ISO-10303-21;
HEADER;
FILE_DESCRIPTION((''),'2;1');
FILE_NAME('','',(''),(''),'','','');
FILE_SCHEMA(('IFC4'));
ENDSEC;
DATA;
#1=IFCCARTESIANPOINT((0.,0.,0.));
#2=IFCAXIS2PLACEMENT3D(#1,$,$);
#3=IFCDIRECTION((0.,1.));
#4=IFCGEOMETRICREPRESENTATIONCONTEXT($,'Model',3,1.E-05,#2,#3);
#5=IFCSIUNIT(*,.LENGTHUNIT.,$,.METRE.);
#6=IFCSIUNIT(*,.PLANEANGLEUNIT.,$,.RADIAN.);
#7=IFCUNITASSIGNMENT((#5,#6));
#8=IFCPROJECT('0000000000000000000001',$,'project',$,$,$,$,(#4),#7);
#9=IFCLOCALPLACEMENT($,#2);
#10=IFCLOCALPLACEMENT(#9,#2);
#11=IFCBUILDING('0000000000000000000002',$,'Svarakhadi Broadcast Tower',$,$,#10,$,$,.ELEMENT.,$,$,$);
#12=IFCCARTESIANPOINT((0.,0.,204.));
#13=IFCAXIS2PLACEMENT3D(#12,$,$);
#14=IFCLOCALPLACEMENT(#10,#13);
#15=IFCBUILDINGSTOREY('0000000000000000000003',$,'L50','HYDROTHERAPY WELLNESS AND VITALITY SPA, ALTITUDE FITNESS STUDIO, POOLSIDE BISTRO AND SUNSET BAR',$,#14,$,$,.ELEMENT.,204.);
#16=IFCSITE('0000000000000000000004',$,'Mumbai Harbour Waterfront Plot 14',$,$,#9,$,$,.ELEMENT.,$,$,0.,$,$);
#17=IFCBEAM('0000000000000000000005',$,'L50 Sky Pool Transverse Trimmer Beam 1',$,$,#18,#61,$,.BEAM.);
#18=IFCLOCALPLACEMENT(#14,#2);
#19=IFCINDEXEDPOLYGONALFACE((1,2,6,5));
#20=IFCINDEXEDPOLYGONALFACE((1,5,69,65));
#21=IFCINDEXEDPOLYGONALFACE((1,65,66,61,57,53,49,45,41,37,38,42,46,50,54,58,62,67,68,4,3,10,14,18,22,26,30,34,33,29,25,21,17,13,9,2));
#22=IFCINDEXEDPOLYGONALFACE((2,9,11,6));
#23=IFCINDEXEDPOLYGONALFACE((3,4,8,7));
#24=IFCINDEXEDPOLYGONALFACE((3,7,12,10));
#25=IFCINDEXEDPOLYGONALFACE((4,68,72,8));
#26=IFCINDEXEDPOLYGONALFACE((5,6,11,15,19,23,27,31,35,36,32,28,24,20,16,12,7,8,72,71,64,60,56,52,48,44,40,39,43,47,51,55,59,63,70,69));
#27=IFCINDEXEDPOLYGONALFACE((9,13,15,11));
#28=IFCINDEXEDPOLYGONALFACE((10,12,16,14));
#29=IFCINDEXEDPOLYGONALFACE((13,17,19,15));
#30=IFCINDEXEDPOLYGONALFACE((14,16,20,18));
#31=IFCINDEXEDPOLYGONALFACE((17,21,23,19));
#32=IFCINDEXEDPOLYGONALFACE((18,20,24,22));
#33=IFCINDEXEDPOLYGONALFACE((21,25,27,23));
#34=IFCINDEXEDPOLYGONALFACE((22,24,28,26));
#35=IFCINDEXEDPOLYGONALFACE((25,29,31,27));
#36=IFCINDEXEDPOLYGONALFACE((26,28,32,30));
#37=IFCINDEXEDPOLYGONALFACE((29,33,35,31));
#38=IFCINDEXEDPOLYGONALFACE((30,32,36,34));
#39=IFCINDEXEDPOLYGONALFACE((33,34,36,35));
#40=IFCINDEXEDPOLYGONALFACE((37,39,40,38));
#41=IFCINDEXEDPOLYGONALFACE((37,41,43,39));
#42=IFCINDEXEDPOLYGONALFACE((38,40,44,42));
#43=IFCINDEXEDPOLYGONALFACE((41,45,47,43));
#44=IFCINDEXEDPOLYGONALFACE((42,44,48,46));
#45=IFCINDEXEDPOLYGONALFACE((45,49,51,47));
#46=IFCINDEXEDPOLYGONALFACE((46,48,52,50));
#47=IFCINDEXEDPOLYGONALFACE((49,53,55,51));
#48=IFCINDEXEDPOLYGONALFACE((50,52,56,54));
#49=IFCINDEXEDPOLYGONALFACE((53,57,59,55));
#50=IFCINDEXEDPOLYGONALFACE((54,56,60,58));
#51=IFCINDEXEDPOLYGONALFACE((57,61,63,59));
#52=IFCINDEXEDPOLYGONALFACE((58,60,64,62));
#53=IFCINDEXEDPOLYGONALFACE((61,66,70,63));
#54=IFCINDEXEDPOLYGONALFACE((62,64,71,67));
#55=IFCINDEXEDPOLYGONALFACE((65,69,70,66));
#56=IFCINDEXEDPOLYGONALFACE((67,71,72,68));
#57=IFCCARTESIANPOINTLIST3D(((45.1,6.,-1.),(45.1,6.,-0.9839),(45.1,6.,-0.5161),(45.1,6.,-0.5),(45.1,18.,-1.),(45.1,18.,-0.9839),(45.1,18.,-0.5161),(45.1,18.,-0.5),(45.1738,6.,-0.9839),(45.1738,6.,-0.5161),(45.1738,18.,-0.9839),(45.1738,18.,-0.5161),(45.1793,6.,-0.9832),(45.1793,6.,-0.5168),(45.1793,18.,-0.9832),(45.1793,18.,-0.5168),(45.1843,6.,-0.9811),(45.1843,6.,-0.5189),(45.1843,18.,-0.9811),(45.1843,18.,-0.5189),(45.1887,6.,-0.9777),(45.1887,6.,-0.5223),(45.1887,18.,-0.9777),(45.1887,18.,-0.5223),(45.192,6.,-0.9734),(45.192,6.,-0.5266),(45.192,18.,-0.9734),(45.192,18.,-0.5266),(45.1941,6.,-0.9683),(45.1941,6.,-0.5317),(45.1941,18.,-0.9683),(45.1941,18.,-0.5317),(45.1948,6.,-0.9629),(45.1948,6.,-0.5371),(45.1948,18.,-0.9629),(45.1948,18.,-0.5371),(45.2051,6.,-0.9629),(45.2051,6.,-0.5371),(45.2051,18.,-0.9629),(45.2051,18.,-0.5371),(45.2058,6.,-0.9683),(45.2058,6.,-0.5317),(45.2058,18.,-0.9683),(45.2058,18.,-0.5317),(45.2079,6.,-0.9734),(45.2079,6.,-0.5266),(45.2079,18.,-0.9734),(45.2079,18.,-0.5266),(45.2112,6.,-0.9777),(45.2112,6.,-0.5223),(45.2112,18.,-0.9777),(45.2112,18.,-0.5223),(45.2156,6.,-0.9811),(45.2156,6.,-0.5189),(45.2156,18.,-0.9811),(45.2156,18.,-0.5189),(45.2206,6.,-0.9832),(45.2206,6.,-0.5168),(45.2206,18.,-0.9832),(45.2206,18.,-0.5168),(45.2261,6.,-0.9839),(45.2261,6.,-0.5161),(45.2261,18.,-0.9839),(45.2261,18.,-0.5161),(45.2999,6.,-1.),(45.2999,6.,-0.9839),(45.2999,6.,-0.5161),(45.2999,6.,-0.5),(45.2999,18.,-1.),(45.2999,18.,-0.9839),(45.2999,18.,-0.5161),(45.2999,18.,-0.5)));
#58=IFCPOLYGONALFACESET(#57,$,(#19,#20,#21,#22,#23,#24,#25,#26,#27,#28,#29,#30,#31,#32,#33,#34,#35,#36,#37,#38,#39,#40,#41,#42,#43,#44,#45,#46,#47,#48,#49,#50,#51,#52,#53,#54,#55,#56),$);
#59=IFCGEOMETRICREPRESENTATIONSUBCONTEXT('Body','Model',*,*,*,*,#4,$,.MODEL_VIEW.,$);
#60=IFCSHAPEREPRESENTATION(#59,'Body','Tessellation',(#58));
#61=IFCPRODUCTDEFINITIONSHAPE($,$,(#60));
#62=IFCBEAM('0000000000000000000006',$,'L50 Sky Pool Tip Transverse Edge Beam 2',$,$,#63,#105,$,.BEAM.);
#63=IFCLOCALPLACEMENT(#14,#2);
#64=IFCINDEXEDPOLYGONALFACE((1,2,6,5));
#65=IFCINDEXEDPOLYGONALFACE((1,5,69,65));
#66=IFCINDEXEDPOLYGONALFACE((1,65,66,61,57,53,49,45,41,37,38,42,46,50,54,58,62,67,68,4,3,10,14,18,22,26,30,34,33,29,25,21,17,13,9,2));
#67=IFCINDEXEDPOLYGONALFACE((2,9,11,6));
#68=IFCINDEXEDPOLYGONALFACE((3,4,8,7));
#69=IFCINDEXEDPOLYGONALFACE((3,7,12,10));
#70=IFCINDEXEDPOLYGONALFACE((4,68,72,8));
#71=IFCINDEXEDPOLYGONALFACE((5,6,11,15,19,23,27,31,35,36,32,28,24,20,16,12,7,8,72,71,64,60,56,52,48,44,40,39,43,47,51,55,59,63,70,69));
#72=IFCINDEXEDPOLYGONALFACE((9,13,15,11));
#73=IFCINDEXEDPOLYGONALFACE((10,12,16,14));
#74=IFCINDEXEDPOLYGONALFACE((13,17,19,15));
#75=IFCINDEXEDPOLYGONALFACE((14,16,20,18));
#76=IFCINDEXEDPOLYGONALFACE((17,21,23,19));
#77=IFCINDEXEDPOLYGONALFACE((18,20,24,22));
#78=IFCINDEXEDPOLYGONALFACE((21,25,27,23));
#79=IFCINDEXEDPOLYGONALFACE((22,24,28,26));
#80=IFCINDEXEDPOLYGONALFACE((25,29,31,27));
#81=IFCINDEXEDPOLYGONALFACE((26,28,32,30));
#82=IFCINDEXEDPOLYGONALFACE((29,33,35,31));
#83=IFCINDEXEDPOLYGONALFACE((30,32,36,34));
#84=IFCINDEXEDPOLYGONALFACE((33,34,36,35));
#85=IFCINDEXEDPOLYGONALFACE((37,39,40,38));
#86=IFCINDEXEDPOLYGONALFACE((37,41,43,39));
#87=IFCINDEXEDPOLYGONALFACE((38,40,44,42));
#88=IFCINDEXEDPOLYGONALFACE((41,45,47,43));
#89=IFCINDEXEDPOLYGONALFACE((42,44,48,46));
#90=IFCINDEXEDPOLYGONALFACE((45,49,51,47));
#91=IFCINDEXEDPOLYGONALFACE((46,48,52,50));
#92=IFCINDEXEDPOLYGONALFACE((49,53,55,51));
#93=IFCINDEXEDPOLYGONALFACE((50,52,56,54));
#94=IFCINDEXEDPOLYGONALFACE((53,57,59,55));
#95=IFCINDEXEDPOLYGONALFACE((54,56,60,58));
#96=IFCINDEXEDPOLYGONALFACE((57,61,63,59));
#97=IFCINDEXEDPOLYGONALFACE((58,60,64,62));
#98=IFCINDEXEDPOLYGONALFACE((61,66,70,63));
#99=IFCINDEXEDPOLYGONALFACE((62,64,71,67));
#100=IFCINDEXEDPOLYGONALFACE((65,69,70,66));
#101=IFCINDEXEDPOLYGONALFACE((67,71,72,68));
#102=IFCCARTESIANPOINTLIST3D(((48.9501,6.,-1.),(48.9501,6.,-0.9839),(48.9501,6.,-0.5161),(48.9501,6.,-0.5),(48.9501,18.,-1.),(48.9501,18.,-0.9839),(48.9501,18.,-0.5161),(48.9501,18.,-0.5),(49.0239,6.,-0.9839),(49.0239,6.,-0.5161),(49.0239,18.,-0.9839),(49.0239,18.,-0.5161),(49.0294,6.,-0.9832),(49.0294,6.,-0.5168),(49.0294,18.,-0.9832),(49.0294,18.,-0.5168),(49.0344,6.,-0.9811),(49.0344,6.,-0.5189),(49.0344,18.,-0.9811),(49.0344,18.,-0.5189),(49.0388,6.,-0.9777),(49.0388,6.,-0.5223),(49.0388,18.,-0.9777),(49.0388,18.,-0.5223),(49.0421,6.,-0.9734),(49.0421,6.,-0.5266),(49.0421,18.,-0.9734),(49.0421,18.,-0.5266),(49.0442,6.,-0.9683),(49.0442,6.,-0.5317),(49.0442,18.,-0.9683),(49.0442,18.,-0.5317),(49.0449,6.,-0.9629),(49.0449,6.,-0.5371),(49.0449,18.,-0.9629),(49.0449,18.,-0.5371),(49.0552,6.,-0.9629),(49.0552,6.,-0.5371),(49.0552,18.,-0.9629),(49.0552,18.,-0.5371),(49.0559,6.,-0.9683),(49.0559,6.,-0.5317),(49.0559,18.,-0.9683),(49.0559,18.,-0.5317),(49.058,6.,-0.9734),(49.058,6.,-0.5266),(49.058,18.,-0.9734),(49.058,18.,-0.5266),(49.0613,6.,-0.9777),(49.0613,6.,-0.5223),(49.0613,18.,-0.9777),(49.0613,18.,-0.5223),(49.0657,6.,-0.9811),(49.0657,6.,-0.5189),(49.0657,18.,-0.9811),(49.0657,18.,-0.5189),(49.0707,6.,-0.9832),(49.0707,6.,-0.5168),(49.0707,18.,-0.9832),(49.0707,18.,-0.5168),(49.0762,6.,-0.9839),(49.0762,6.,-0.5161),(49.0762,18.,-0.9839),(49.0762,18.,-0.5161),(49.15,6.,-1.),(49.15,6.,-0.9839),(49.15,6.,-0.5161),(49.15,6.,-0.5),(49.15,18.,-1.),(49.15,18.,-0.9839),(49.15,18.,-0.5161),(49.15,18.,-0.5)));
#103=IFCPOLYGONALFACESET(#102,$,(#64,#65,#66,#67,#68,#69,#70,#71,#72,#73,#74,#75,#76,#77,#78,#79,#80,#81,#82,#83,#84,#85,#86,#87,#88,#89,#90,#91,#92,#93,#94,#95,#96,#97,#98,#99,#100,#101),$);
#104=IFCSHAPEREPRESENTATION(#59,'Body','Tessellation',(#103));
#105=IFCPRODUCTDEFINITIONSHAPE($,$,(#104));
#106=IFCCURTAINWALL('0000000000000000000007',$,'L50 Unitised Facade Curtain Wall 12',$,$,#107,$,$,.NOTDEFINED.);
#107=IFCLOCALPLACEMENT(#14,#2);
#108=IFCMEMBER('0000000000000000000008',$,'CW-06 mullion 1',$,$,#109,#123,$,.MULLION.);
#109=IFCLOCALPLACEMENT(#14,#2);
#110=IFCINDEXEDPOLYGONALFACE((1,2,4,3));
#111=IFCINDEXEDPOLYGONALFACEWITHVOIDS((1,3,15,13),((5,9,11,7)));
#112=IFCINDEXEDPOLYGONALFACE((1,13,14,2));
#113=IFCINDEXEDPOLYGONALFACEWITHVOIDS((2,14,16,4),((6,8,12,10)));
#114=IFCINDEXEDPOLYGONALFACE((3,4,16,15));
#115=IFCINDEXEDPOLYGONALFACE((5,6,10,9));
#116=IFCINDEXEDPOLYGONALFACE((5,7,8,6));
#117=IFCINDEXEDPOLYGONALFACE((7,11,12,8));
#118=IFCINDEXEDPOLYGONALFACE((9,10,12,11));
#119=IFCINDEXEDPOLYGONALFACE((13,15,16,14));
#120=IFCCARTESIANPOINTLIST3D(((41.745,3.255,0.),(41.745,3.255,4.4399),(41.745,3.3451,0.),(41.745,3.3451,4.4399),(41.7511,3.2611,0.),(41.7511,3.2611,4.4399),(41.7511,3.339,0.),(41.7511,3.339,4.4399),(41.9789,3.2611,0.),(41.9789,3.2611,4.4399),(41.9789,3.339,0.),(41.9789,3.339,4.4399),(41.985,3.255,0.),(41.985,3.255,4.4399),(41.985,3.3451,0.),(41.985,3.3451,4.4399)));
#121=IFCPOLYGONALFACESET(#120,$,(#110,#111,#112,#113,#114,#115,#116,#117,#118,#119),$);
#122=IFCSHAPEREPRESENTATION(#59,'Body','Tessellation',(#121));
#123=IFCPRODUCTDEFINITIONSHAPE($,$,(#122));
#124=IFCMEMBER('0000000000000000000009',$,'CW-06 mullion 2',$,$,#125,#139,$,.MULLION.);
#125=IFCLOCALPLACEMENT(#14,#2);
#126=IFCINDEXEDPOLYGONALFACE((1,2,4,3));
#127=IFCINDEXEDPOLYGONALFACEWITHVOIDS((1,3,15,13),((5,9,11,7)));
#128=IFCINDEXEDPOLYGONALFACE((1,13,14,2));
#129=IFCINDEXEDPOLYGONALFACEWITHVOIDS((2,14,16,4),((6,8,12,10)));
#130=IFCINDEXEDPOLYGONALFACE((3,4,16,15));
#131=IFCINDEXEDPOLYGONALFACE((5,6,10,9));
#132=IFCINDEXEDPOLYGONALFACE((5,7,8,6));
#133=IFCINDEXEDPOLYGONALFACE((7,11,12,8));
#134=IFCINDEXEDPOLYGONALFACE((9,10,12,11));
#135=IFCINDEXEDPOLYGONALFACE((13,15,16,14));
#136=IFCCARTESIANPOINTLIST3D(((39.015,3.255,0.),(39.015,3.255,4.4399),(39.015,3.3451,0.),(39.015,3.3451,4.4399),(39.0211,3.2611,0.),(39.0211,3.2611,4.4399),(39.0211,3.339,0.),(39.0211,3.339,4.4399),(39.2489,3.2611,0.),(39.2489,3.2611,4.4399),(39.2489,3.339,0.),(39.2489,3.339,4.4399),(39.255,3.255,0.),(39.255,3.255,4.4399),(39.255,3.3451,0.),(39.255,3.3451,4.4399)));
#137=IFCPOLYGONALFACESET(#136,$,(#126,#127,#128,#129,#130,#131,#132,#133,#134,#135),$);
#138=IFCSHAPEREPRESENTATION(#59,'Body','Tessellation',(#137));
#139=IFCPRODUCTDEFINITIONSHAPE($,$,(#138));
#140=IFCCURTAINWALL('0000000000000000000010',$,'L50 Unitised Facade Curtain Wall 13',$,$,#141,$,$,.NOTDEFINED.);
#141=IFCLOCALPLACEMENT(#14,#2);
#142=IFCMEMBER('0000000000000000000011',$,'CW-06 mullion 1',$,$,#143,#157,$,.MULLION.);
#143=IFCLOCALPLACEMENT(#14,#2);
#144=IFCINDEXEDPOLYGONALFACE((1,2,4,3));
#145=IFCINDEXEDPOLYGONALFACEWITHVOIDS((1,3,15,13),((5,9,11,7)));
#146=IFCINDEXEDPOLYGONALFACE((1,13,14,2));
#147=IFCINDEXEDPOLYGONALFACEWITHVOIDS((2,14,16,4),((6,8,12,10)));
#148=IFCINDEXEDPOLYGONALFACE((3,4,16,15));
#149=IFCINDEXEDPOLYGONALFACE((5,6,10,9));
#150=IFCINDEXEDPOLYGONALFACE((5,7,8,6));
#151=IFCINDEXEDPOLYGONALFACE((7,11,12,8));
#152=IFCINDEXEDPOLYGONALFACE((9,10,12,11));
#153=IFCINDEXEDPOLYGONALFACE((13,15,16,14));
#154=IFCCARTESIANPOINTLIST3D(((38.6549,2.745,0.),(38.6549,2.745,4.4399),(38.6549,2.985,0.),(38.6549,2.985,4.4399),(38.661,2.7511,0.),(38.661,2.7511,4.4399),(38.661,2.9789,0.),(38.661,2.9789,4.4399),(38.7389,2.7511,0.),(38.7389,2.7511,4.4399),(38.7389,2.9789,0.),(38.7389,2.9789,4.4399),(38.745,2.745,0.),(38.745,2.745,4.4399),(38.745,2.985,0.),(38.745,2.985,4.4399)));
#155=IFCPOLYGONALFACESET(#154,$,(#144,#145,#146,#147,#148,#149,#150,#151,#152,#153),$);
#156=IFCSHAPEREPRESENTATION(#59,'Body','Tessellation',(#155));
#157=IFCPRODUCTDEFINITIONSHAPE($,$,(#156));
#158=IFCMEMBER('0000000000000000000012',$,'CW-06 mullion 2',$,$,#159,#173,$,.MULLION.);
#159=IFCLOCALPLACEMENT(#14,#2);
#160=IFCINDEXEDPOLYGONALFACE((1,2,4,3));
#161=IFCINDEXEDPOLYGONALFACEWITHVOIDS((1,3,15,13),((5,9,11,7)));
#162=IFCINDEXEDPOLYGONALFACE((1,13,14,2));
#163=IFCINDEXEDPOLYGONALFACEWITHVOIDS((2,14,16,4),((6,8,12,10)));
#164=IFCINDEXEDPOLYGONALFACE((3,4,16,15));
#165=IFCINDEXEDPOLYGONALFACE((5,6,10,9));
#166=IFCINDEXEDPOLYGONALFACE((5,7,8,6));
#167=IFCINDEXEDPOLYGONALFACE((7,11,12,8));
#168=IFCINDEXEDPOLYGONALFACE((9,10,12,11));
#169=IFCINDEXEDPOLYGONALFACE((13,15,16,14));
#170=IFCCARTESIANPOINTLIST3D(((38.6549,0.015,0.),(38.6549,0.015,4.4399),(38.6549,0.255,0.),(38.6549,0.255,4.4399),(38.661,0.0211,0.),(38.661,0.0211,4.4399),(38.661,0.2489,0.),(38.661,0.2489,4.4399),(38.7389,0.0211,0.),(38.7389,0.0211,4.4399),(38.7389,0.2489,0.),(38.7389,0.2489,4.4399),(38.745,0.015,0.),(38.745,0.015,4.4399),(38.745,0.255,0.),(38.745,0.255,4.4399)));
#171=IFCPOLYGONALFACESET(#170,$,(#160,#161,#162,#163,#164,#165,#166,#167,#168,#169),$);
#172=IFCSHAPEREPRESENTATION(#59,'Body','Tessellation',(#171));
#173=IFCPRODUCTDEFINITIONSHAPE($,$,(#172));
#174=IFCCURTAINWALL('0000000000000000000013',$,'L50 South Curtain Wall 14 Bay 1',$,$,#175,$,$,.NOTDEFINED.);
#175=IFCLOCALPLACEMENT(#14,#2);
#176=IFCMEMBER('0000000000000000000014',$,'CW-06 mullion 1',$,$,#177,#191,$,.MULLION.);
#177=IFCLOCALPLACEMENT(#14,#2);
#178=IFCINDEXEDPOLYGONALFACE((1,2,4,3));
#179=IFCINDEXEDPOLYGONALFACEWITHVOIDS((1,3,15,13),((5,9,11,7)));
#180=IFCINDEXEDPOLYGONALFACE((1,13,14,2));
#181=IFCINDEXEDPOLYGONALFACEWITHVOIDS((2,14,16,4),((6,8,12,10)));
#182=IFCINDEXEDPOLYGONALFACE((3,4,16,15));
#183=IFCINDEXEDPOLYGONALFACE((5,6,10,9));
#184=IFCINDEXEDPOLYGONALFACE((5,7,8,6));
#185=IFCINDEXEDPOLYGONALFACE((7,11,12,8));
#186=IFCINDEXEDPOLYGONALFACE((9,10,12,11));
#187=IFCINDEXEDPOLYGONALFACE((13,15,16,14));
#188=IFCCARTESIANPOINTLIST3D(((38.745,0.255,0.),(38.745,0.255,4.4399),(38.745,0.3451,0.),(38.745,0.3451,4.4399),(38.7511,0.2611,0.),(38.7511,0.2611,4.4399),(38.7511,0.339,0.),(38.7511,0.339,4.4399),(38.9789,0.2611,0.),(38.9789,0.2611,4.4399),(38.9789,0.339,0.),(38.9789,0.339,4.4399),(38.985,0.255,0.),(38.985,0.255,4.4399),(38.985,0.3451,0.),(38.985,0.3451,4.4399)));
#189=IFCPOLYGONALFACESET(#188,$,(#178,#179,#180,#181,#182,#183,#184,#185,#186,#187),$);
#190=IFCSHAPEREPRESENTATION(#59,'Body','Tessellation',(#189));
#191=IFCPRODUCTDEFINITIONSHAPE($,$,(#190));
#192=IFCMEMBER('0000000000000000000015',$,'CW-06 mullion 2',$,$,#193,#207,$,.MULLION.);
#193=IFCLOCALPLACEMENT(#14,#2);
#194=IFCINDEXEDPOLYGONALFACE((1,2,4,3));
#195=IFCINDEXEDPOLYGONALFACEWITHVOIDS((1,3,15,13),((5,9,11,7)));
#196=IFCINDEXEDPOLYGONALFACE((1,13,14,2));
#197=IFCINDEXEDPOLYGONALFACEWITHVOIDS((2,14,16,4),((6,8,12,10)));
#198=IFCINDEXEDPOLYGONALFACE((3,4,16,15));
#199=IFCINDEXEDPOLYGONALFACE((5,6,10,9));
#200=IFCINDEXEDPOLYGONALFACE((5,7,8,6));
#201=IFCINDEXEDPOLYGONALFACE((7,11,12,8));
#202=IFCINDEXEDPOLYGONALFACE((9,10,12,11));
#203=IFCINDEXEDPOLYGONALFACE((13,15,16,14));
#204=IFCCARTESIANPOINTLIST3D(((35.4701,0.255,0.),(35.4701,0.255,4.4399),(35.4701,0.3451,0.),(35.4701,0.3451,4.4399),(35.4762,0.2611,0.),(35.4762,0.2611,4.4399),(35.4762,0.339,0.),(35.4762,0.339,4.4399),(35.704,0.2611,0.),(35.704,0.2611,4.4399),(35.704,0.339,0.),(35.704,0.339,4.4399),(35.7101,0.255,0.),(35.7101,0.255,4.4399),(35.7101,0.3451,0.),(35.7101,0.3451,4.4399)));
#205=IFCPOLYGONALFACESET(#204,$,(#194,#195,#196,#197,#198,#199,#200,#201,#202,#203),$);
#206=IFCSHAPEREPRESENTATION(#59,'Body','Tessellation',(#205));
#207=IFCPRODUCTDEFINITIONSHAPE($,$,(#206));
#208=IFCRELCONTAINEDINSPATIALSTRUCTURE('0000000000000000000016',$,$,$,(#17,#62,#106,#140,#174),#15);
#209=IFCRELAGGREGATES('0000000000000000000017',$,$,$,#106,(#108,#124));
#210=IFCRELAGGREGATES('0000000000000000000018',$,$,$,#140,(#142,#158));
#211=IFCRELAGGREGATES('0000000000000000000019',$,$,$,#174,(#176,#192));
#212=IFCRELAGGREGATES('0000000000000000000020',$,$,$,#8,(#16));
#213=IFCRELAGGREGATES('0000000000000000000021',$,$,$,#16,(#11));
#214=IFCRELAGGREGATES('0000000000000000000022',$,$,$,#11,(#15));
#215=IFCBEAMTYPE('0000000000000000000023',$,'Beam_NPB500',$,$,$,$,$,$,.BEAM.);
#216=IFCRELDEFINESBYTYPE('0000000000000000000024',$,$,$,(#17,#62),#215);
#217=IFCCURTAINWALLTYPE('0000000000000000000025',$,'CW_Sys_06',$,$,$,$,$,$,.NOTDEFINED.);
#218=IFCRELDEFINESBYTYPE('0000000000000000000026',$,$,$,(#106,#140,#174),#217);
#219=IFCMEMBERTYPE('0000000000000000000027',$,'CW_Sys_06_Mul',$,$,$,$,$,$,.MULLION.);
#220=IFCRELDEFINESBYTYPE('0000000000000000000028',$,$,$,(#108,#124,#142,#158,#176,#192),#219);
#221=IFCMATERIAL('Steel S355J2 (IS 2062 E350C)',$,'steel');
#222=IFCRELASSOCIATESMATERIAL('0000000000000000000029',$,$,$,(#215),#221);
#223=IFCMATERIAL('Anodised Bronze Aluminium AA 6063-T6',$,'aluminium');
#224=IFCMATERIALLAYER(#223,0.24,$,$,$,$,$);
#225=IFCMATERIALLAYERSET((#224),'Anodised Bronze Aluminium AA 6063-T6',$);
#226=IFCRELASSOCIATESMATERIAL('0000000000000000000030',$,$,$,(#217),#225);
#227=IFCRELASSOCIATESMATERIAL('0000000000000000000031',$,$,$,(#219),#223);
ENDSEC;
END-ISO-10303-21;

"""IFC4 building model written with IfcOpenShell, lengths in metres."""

from ifc_helpers import new_model, si_unit, direction, frame, origin, origin_2d, place, context, subcontext, project, spatial, hollow_rectangle, i_section, extrude, material, layer, layer_set, material_profile, profile_set, type_object, element, aggregate, save


model = new_model("IFC4")

# Units and contexts
model_context = context("Model", 3, precision=1e-05, world=origin(), true_north=direction((0.0, 1.0)))
body_context = subcontext(model_context, "Body", "Model", "MODEL_VIEW")
ifc_project = project(units=[si_unit("LENGTHUNIT", "METRE"), si_unit("PLANEANGLEUNIT", "RADIAN")], contexts=[model_context])

# Site, building, storey
site_placement = place(None, origin())
site = spatial("IfcSite", under=ifc_project, at=site_placement, Name="Mumbai Harbour Waterfront Plot 14", CompositionType="ELEMENT", RefElevation=0.0)
building_placement = place(site_placement, origin())
building = spatial("IfcBuilding", under=site, at=building_placement, Name="Svarakhadi Broadcast Tower", CompositionType="ELEMENT")
storey_placement = place(building_placement, frame((0.0, 0.0, 204.0)))
storey = spatial("IfcBuildingStorey", under=building, at=storey_placement, Name="L50", Description="HYDROTHERAPY WELLNESS AND VITALITY SPA, ALTITUDE FITNESS STUDIO, POOLSIDE BISTRO AND SUNSET BAR", CompositionType="ELEMENT", Elevation=204.0)

# Beams
ifc_material_1 = material(Name="Steel S355J2 (IS 2062 E350C)", Category="steel")
ifc_material_profile_1 = material_profile(ifc_material_1, i_section(OverallWidth=0.2, OverallDepth=0.5, WebThickness=0.0103, FlangeThickness=0.0161, FilletRadius=0.021, at=origin_2d()), Name="NPB 500x200x91")
ifc_profile_set_1 = profile_set([ifc_material_profile_1], Name="Steel S355J2 (IS 2062 E350C)")
beam_type_1 = type_object("IfcBeamType", Name="Beam_NPB500", PredefinedType="BEAM", material=ifc_profile_set_1)
for number, where, z_axis, x_axis, name in (
    (1, (45.2, 6.0, -0.75), (0.0, 1.0, 0.0), (-1.0, 0.0, 0.0), "L50 Sky Pool Transverse Trimmer Beam 1"),
    (2, (49.05, 6.0, -0.75), (0.0, 1.0, 0.0), (-1.0, 0.0, 0.0), "L50 Sky Pool Tip Transverse Edge Beam 2"),
):
    element("IfcBeam", number, at=place(storey_placement, frame(where, z_axis=z_axis, x_axis=x_axis)), inside=storey, type_object=beam_type_1, Name=name, PredefinedType="BEAM", context=body_context, shape_type="SweptSolid", body=[
        extrude(i_section(OverallWidth=0.2, OverallDepth=0.5, WebThickness=0.0103, FlangeThickness=0.0161, FilletRadius=0.021, at=origin_2d()), origin(), (0.0, 0.0, 1.0), 12.0),
    ])

# Curtain walls, members
ifc_material_2 = material(Name="Anodised Bronze Aluminium AA 6063-T6", Category="aluminium")
ifc_layer_1 = layer(ifc_material_2, 0.24)
ifc_layer_set_1 = layer_set([ifc_layer_1], Name="Anodised Bronze Aluminium AA 6063-T6")
curtain_wall_type = type_object("IfcCurtainWallType", Name="CW_Sys_06", PredefinedType="NOTDEFINED", material=ifc_layer_set_1)
curtain_wall_1_placement = place(storey_placement, origin())
curtain_wall_1 = element("IfcCurtainWall", 3, at=curtain_wall_1_placement, inside=storey, type_object=curtain_wall_type, Name="L50 Unitised Facade Curtain Wall 12", PredefinedType="NOTDEFINED")
ifc_material_profile_2 = material_profile(ifc_material_2, hollow_rectangle(XDim=0.0901, YDim=0.24, WallThickness=0.0061, at=origin_2d()), Name="ALU MULLION 240x90x6")
ifc_profile_set_2 = profile_set([ifc_material_profile_2], Name="Anodised Bronze Aluminium AA 6063-T6")
member_type_1 = type_object("IfcMemberType", Name="CW_Sys_06_Mul", PredefinedType="MULLION", material=ifc_profile_set_2)
member_1_placement = place(storey_placement, frame((41.865, 3.3, 0.0), z_axis=(0.0, 0.0, 1.0), x_axis=(0.0, -1.0, 0.0)))
member_1 = element("IfcMember", 4, at=member_1_placement, type_object=member_type_1, Name="CW-06 mullion 1", PredefinedType="MULLION", context=body_context, shape_type="SweptSolid", body=[
    extrude(hollow_rectangle(XDim=0.0901, YDim=0.24, WallThickness=0.0061, at=origin_2d()), origin(), (0.0, 0.0, 1.0), 4.4399),
])
member_2_placement = place(storey_placement, frame((39.135, 3.3, 0.0), z_axis=(0.0, 0.0, 1.0), x_axis=(0.0, -1.0, 0.0)))
member_2 = element("IfcMember", 5, at=member_2_placement, type_object=member_type_1, Name="CW-06 mullion 2", PredefinedType="MULLION", context=body_context, shape_type="SweptSolid", body=[
    extrude(hollow_rectangle(XDim=0.0901, YDim=0.24, WallThickness=0.0061, at=origin_2d()), origin(), (0.0, 0.0, 1.0), 4.4399),
])
curtain_wall_2_placement = place(storey_placement, origin())
curtain_wall_2 = element("IfcCurtainWall", 6, at=curtain_wall_2_placement, inside=storey, type_object=curtain_wall_type, Name="L50 Unitised Facade Curtain Wall 13", PredefinedType="NOTDEFINED")
member_3_placement = place(storey_placement, frame((38.7, 2.865, 0.0), z_axis=(0.0, 0.0, 1.0), x_axis=(1.0, 0.0, 0.0)))
member_3 = element("IfcMember", 7, at=member_3_placement, type_object=member_type_1, Name="CW-06 mullion 1", PredefinedType="MULLION", context=body_context, shape_type="SweptSolid", body=[
    extrude(hollow_rectangle(XDim=0.0901, YDim=0.24, WallThickness=0.0061, at=origin_2d()), origin(), (0.0, 0.0, 1.0), 4.4399),
])
member_4_placement = place(storey_placement, frame((38.7, 0.135, 0.0), z_axis=(0.0, 0.0, 1.0), x_axis=(1.0, 0.0, 0.0)))
member_4 = element("IfcMember", 8, at=member_4_placement, type_object=member_type_1, Name="CW-06 mullion 2", PredefinedType="MULLION", context=body_context, shape_type="SweptSolid", body=[
    extrude(hollow_rectangle(XDim=0.0901, YDim=0.24, WallThickness=0.0061, at=origin_2d()), origin(), (0.0, 0.0, 1.0), 4.4399),
])
curtain_wall_3_placement = place(storey_placement, origin())
curtain_wall_3 = element("IfcCurtainWall", 9, at=curtain_wall_3_placement, inside=storey, type_object=curtain_wall_type, Name="L50 South Curtain Wall 14 Bay 1", PredefinedType="NOTDEFINED")
member_5_placement = place(storey_placement, frame((38.865, 0.3, 0.0), z_axis=(0.0, 0.0, 1.0), x_axis=(0.0, -1.0, 0.0)))
member_5 = element("IfcMember", 10, at=member_5_placement, type_object=member_type_1, Name="CW-06 mullion 1", PredefinedType="MULLION", context=body_context, shape_type="SweptSolid", body=[
    extrude(hollow_rectangle(XDim=0.0901, YDim=0.24, WallThickness=0.0061, at=origin_2d()), origin(), (0.0, 0.0, 1.0), 4.4399),
])
member_6_placement = place(storey_placement, frame((35.5901, 0.3, 0.0), z_axis=(0.0, 0.0, 1.0), x_axis=(0.0, -1.0, 0.0)))
member_6 = element("IfcMember", 11, at=member_6_placement, type_object=member_type_1, Name="CW-06 mullion 2", PredefinedType="MULLION", context=body_context, shape_type="SweptSolid", body=[
    extrude(hollow_rectangle(XDim=0.0901, YDim=0.24, WallThickness=0.0061, at=origin_2d()), origin(), (0.0, 0.0, 1.0), 4.4399),
])

aggregate(curtain_wall_1, [member_1, member_2])
aggregate(curtain_wall_2, [member_3, member_4])
aggregate(curtain_wall_3, [member_5, member_6])

save(model, "model.ifc")
